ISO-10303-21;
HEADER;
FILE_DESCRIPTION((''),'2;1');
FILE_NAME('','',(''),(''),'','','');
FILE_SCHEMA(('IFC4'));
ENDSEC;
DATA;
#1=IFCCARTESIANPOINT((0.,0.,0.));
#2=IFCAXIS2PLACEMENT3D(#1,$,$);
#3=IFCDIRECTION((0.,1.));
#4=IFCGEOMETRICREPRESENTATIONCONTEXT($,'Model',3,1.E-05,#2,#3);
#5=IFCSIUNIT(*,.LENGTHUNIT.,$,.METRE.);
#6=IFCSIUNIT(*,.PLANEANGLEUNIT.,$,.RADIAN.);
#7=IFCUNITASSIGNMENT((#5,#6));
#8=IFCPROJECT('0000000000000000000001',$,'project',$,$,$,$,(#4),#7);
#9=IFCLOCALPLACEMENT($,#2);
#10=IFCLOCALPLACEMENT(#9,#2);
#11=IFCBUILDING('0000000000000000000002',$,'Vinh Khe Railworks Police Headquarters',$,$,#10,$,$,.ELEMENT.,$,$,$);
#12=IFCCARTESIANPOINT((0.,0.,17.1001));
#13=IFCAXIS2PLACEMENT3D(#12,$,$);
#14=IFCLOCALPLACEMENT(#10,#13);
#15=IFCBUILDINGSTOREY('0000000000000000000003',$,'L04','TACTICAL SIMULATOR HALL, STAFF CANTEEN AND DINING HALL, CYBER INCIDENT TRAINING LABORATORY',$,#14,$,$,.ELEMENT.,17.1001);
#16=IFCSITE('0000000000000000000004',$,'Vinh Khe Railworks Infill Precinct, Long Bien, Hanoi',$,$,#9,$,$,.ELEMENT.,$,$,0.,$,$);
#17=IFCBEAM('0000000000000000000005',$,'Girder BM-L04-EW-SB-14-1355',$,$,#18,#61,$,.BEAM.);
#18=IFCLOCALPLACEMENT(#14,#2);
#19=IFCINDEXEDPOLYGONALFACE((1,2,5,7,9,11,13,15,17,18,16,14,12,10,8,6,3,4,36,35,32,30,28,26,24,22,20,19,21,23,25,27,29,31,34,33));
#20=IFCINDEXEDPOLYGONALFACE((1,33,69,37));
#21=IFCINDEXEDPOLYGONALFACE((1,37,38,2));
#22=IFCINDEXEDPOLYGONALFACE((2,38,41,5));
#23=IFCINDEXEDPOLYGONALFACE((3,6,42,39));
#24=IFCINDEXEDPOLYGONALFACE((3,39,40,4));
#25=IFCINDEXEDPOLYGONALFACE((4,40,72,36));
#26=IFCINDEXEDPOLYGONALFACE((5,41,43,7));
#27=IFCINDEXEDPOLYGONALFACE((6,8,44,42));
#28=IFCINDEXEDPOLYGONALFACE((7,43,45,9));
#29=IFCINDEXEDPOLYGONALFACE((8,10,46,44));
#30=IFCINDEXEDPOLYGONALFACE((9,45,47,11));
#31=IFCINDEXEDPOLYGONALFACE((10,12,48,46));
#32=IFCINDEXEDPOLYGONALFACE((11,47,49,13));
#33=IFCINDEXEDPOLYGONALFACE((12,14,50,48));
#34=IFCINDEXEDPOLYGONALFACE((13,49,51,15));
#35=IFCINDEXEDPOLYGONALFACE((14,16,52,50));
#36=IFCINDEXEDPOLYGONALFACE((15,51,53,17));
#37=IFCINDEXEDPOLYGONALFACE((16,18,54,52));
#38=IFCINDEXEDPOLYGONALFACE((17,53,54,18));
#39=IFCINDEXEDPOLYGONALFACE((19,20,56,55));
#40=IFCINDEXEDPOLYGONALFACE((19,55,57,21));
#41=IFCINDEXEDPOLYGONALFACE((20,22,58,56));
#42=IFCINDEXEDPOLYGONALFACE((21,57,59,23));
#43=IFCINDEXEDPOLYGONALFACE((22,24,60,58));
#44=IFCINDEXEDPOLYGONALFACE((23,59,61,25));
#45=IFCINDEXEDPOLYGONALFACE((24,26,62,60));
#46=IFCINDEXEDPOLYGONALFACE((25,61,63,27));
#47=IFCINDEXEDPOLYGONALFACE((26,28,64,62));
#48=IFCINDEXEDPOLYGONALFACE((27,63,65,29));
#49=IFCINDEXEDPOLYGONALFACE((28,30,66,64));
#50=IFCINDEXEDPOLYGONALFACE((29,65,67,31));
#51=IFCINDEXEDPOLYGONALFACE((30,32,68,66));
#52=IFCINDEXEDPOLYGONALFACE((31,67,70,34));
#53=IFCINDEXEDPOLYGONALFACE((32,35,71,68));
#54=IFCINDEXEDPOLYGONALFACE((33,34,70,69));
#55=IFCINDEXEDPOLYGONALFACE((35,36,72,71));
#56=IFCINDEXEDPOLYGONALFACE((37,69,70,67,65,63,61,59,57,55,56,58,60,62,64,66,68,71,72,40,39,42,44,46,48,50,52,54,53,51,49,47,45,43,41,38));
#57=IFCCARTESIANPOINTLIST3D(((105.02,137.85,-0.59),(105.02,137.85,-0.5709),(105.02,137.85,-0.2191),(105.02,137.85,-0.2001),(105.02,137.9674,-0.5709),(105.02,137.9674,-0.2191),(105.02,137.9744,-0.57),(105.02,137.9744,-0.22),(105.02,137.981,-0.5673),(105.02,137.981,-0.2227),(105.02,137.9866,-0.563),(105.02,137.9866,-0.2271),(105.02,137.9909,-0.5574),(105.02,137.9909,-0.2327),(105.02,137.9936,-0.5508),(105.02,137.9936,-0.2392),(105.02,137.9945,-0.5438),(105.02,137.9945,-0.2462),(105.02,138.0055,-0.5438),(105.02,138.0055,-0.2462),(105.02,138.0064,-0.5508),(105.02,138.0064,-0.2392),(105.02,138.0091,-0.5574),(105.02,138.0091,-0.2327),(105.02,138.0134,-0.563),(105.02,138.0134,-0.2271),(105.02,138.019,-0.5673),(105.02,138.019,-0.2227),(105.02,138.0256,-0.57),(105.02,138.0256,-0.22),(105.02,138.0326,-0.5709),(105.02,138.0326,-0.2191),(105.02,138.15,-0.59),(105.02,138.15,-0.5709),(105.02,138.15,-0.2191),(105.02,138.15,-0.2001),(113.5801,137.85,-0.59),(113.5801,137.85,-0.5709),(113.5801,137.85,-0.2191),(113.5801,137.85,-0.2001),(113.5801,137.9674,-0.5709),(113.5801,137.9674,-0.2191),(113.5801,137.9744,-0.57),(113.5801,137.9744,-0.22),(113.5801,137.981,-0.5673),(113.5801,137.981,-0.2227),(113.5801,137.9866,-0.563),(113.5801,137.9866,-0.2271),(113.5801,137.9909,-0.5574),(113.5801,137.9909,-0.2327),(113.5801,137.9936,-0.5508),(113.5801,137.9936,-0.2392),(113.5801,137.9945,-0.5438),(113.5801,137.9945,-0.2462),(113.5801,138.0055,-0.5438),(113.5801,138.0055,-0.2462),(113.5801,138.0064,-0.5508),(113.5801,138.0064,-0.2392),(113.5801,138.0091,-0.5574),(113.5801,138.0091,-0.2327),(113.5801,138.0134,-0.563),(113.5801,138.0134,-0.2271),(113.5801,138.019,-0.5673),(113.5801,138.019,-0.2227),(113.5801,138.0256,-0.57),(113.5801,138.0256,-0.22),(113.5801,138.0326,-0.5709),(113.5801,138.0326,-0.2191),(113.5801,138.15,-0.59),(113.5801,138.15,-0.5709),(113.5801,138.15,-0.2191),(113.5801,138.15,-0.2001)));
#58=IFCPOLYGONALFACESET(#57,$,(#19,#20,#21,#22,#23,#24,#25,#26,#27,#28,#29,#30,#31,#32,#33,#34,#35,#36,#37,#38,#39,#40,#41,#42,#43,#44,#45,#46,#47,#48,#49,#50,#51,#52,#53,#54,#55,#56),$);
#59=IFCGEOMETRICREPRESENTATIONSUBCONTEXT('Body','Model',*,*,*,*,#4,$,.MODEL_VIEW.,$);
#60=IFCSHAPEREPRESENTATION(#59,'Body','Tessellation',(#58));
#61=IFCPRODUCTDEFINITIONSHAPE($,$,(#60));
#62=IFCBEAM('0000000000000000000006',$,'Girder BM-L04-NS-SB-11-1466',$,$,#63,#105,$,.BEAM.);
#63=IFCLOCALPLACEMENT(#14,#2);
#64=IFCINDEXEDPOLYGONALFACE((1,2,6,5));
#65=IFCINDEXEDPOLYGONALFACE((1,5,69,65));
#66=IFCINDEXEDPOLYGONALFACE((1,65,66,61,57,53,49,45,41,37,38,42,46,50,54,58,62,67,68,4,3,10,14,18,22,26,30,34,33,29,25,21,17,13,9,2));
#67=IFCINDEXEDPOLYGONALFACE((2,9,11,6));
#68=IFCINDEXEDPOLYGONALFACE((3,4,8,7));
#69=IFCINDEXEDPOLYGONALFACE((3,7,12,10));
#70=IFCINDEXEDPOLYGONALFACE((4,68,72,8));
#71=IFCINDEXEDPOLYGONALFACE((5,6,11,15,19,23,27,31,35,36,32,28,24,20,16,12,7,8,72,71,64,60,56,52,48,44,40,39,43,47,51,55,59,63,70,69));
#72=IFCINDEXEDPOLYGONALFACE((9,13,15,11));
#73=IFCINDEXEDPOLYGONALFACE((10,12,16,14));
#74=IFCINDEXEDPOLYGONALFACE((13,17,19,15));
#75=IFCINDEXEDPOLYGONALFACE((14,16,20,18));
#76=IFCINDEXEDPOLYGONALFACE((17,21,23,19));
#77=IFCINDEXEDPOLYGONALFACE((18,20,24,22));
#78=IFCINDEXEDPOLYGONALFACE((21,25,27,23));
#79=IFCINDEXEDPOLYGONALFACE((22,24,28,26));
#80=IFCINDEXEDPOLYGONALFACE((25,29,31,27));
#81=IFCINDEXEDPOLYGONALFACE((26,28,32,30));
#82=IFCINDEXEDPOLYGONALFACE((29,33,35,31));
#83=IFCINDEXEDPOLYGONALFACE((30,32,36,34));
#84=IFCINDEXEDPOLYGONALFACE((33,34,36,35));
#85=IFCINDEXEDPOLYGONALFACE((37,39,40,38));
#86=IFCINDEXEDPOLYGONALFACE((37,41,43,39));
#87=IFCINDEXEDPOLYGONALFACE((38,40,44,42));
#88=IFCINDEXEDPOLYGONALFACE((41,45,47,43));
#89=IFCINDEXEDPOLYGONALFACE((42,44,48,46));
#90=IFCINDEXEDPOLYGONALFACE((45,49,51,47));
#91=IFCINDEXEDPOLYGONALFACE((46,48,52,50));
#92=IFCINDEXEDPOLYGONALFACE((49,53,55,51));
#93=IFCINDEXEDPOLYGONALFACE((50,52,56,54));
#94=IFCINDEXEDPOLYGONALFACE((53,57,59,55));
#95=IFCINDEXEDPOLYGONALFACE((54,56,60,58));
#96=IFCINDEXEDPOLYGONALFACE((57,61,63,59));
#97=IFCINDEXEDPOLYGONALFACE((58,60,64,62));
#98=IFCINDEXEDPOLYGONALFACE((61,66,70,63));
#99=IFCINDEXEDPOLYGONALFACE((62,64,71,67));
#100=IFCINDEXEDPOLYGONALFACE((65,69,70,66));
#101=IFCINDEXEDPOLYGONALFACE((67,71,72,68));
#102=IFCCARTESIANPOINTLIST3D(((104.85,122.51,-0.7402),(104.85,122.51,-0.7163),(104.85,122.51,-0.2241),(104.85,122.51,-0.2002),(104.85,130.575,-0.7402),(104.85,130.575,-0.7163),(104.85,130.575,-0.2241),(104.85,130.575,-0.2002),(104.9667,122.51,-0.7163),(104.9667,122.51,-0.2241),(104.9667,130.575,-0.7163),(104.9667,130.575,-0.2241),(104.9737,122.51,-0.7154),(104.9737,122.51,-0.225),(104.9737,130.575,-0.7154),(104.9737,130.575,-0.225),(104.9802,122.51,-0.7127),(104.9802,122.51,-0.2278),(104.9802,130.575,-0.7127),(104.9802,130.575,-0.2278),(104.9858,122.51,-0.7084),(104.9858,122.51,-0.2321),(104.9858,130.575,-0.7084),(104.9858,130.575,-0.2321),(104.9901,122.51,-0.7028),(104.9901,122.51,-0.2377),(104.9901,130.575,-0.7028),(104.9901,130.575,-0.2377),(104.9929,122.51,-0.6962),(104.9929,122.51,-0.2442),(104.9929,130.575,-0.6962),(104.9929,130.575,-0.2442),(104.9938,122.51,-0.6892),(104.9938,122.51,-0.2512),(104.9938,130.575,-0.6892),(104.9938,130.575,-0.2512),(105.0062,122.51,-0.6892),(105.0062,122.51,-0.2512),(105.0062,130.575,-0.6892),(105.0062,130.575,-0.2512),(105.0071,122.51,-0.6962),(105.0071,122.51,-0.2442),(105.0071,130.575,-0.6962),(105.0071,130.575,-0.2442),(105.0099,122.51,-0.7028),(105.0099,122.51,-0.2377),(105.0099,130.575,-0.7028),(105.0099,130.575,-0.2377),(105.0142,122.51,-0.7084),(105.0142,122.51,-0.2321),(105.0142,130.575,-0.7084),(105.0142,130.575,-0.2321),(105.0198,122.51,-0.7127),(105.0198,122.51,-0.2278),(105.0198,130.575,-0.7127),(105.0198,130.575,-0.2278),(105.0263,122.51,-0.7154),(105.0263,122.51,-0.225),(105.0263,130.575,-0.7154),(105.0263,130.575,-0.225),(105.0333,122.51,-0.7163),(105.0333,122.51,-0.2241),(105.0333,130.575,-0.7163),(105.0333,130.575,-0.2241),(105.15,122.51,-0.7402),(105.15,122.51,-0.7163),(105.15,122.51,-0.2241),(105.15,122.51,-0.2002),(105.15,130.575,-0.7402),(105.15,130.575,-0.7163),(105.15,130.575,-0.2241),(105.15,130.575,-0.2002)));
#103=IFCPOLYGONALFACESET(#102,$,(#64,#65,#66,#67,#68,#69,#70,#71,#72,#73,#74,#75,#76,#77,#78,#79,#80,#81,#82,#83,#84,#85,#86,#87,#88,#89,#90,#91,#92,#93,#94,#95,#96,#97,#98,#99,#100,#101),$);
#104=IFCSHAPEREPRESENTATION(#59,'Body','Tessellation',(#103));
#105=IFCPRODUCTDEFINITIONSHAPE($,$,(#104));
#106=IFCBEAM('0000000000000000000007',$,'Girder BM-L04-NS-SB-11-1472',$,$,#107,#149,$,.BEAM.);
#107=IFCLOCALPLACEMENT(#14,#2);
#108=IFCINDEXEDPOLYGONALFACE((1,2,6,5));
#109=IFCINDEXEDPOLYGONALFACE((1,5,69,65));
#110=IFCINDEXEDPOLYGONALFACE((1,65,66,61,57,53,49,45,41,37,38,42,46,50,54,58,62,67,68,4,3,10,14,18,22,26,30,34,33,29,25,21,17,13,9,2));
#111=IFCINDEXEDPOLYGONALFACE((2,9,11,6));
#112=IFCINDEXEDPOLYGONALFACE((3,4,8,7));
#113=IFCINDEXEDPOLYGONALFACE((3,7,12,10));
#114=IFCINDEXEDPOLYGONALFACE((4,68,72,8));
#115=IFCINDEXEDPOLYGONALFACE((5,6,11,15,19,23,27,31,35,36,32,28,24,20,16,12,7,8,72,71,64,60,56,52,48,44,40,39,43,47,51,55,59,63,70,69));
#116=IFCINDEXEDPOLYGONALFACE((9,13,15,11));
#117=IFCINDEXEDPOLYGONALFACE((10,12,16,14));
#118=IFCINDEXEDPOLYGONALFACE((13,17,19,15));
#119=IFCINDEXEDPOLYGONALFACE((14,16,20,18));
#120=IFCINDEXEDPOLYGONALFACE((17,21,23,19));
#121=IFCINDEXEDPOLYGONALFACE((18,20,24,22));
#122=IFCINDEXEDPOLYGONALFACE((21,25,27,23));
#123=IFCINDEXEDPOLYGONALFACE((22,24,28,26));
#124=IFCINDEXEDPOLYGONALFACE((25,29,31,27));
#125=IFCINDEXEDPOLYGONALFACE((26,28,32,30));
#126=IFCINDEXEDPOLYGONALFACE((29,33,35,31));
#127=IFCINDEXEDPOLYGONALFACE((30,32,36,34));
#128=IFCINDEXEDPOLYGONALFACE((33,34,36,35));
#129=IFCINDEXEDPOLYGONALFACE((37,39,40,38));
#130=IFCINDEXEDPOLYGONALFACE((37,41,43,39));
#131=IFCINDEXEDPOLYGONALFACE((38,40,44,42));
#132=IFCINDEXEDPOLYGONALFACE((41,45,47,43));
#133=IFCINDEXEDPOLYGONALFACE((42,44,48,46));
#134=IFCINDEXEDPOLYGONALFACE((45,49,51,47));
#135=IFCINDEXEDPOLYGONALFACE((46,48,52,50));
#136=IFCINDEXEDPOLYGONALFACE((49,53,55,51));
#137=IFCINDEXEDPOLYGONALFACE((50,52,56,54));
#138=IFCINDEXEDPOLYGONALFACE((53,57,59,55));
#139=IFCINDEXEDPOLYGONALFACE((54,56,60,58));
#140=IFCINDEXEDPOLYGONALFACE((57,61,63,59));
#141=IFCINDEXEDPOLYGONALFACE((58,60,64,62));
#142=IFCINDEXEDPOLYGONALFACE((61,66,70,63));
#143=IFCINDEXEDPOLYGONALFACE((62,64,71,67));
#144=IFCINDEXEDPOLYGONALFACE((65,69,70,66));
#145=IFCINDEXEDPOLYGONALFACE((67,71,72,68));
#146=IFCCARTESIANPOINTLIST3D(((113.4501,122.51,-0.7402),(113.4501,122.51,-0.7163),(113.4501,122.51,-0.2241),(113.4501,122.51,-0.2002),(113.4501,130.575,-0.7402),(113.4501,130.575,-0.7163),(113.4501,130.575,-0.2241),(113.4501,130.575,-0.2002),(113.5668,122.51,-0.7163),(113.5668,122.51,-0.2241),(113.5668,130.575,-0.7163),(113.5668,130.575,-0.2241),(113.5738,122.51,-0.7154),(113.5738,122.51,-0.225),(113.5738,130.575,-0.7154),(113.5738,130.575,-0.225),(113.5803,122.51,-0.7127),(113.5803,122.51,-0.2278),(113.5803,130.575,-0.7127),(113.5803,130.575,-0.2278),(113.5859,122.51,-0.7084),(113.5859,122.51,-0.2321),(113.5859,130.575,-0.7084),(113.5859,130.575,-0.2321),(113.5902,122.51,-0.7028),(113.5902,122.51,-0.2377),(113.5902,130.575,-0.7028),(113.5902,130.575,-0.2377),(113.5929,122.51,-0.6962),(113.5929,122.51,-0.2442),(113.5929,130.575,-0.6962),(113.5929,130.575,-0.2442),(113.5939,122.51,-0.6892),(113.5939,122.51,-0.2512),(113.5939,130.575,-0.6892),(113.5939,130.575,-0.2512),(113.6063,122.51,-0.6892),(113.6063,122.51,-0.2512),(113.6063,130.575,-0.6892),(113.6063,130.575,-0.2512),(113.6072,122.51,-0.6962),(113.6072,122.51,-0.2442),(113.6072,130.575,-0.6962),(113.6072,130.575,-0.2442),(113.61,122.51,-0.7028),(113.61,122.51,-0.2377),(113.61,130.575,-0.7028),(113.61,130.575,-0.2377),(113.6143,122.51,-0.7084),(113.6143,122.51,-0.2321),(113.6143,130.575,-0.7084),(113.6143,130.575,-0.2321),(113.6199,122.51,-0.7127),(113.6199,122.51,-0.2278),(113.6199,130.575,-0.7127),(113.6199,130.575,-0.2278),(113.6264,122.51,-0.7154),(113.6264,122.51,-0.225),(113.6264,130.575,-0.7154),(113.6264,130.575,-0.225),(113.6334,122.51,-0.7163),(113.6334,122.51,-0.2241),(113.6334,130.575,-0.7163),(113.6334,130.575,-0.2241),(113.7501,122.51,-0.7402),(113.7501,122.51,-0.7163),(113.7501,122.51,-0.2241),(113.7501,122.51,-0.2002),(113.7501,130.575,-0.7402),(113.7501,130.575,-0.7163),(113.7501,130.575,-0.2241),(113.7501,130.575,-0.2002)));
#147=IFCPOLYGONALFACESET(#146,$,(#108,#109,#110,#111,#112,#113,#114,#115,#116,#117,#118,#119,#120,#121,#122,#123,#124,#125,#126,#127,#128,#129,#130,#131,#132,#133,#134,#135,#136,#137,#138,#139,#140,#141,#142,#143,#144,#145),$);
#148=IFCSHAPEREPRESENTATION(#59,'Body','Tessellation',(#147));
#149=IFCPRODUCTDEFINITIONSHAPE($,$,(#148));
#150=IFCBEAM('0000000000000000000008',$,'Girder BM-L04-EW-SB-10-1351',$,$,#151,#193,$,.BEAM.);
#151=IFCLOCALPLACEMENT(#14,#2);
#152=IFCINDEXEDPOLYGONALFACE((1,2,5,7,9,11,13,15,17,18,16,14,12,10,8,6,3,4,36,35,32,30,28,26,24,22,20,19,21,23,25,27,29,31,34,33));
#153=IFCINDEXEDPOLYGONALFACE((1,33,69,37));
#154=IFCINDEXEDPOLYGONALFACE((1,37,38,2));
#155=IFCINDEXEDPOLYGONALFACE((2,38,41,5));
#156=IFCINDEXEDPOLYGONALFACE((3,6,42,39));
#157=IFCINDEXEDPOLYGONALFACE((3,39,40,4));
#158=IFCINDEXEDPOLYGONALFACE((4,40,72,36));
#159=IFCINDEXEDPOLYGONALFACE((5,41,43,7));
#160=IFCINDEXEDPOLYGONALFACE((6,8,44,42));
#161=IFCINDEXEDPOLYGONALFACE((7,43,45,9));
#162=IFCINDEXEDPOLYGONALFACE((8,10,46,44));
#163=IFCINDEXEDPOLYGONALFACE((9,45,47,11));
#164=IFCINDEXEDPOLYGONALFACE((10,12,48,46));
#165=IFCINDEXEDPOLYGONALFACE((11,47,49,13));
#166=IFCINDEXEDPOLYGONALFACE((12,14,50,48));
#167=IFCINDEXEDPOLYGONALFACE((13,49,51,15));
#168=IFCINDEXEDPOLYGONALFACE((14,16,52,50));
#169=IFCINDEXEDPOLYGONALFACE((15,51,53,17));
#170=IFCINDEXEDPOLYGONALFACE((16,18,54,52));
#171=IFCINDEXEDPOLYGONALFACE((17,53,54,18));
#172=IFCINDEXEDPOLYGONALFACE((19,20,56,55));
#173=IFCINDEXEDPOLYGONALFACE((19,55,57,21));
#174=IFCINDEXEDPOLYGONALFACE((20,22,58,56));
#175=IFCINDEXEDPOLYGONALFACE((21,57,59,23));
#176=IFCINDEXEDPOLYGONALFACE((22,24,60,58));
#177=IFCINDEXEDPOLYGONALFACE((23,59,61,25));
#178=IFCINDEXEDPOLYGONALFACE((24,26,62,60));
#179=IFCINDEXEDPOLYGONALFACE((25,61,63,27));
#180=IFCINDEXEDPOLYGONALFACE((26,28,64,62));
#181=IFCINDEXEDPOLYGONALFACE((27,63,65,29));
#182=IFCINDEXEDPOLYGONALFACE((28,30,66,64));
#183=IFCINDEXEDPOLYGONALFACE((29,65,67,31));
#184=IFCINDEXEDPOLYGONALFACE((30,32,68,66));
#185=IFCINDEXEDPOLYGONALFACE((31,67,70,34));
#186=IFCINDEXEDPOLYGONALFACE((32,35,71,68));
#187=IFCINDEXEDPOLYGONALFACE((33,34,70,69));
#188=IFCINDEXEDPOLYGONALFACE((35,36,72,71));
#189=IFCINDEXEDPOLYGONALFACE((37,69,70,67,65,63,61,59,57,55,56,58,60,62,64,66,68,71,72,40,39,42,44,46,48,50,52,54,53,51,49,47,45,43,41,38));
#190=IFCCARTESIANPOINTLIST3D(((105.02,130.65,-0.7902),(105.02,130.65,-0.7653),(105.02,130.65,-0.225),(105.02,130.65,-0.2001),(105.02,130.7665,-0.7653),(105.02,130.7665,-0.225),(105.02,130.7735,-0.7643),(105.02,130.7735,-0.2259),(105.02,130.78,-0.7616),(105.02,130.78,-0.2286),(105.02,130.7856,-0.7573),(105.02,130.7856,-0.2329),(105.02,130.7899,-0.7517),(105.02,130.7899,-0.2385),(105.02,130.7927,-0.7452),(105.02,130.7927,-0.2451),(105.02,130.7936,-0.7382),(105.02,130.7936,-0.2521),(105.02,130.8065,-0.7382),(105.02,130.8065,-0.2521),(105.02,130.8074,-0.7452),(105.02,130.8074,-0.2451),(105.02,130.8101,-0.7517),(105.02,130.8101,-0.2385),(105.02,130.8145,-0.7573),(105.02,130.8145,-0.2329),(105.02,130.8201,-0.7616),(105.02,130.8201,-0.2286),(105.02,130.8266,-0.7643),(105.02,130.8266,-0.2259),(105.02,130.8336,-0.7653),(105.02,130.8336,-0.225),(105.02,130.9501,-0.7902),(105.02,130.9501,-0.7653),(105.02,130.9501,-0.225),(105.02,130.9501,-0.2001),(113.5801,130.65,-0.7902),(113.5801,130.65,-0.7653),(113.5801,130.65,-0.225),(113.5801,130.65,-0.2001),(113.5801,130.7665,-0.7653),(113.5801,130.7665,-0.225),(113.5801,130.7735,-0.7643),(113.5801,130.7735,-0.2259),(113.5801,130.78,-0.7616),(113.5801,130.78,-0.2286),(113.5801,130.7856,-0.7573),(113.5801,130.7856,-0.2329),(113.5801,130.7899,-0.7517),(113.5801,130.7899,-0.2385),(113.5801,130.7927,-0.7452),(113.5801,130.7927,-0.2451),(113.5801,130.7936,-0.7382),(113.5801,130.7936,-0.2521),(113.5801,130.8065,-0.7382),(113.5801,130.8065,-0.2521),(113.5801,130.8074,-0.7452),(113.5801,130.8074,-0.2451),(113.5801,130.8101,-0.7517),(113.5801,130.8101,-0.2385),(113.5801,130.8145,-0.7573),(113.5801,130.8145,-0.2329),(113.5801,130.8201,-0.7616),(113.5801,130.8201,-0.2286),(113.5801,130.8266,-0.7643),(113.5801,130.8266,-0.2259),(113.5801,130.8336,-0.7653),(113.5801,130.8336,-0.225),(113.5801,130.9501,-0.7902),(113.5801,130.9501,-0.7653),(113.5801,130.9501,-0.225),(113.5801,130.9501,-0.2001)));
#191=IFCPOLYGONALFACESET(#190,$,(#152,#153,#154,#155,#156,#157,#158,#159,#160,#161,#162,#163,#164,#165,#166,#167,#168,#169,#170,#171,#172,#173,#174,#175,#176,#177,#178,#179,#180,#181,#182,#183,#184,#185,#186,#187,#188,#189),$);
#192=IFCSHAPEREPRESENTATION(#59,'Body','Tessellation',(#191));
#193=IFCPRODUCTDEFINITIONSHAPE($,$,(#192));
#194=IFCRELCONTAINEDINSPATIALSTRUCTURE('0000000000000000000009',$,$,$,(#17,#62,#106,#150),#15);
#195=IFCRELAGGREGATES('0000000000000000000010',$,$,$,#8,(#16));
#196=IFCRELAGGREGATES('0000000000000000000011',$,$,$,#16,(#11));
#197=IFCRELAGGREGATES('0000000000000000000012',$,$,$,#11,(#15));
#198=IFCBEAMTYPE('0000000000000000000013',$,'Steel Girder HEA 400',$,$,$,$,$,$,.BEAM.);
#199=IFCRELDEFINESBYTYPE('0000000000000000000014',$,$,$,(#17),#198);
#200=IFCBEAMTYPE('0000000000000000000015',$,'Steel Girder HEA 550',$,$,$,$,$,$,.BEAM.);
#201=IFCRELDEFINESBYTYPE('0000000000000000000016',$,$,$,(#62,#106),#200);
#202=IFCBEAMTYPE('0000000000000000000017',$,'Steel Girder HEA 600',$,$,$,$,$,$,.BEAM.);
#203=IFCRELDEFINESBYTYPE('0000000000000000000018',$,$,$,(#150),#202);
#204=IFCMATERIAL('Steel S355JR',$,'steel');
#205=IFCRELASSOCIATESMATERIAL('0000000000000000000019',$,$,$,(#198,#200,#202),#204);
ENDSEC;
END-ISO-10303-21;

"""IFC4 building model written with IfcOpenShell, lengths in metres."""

from ifc_helpers import new_model, si_unit, direction, frame, origin, origin_2d, place, context, subcontext, project, spatial, i_section, extrude, material, material_profile, profile_set, type_object, element, save


model = new_model("IFC4")

# Units and contexts
model_context = context("Model", 3, precision=1e-05, world=origin(), true_north=direction((0.0, 1.0)))
body_context = subcontext(model_context, "Body", "Model", "MODEL_VIEW")
ifc_project = project(units=[si_unit("LENGTHUNIT", "METRE"), si_unit("PLANEANGLEUNIT", "RADIAN")], contexts=[model_context])

# Site, building, storey
site_placement = place(None, origin())
site = spatial("IfcSite", under=ifc_project, at=site_placement, Name="Vinh Khe Railworks Infill Precinct, Long Bien, Hanoi", CompositionType="ELEMENT", RefElevation=0.0)
building_placement = place(site_placement, origin())
building = spatial("IfcBuilding", under=site, at=building_placement, Name="Vinh Khe Railworks Police Headquarters", CompositionType="ELEMENT")
storey_placement = place(building_placement, frame((0.0, 0.0, 17.1001)))
storey = spatial("IfcBuildingStorey", under=building, at=storey_placement, Name="L04", Description="TACTICAL SIMULATOR HALL, STAFF CANTEEN AND DINING HALL, CYBER INCIDENT TRAINING LABORATORY", CompositionType="ELEMENT", Elevation=17.1001)

# Shared definitions
ifc_material_1 = material(Name="Steel S355JR", Category="steel")

# Beams
ifc_material_profile_1 = material_profile(ifc_material_1, i_section(OverallWidth=0.3, OverallDepth=0.3899, WebThickness=0.011, FlangeThickness=0.019, FilletRadius=0.0271, at=origin_2d()), Name="HEA 400")
ifc_profile_set_1 = profile_set([ifc_material_profile_1], Name="Steel S355JR")
beam_type_1 = type_object("IfcBeamType", Name="Steel Girder HEA 400", PredefinedType="BEAM", material=ifc_profile_set_1)
beam_1_placement = place(storey_placement, frame((105.02, 138.0, -0.395), z_axis=(1.0, 0.0, 0.0), x_axis=(0.0, 1.0, 0.0)))
element("IfcBeam", 1, at=beam_1_placement, inside=storey, type_object=beam_type_1, Name="Girder BM-L04-EW-SB-14-1355", PredefinedType="BEAM", context=body_context, shape_type="SweptSolid", body=[
    extrude(i_section(OverallWidth=0.3, OverallDepth=0.3899, WebThickness=0.011, FlangeThickness=0.019, FilletRadius=0.0271, at=origin_2d()), origin(), (0.0, 0.0, 1.0), 8.5601),
])
ifc_material_profile_2 = material_profile(ifc_material_1, i_section(OverallWidth=0.3, OverallDepth=0.54, WebThickness=0.0125, FlangeThickness=0.0239, FilletRadius=0.0271, at=origin_2d()), Name="HEA 550")
ifc_profile_set_2 = profile_set([ifc_material_profile_2], Name="Steel S355JR")
beam_type_2 = type_object("IfcBeamType", Name="Steel Girder HEA 550", PredefinedType="BEAM", material=ifc_profile_set_2)
for number, where, z_axis, x_axis, name in (
    (2, (105.0, 122.51, -0.4702), (0.0, 1.0, 0.0), (-1.0, 0.0, 0.0), "Girder BM-L04-NS-SB-11-1466"),
    (3, (113.6001, 122.51, -0.4702), (0.0, 1.0, 0.0), (-1.0, 0.0, 0.0), "Girder BM-L04-NS-SB-11-1472"),
):
    element("IfcBeam", number, at=place(storey_placement, frame(where, z_axis=z_axis, x_axis=x_axis)), inside=storey, type_object=beam_type_2, Name=name, PredefinedType="BEAM", context=body_context, shape_type="SweptSolid", body=[
        extrude(i_section(OverallWidth=0.3, OverallDepth=0.54, WebThickness=0.0125, FlangeThickness=0.0239, FilletRadius=0.0271, at=origin_2d()), origin(), (0.0, 0.0, 1.0), 8.0649),
    ])
ifc_material_profile_3 = material_profile(ifc_material_1, i_section(OverallWidth=0.3, OverallDepth=0.5901, WebThickness=0.0129, FlangeThickness=0.0249, FilletRadius=0.0271, at=origin_2d()), Name="HEA 600")
ifc_profile_set_3 = profile_set([ifc_material_profile_3], Name="Steel S355JR")
beam_type_3 = type_object("IfcBeamType", Name="Steel Girder HEA 600", PredefinedType="BEAM", material=ifc_profile_set_3)
beam_2_placement = place(storey_placement, frame((105.02, 130.8, -0.4951), z_axis=(1.0, 0.0, 0.0), x_axis=(0.0, 1.0, 0.0)))
element("IfcBeam", 4, at=beam_2_placement, inside=storey, type_object=beam_type_3, Name="Girder BM-L04-EW-SB-10-1351", PredefinedType="BEAM", context=body_context, shape_type="SweptSolid", body=[
    extrude(i_section(OverallWidth=0.3, OverallDepth=0.5901, WebThickness=0.0129, FlangeThickness=0.0249, FilletRadius=0.0271, at=origin_2d()), origin(), (0.0, 0.0, 1.0), 8.5601),
])

save(model, "model.ifc")
